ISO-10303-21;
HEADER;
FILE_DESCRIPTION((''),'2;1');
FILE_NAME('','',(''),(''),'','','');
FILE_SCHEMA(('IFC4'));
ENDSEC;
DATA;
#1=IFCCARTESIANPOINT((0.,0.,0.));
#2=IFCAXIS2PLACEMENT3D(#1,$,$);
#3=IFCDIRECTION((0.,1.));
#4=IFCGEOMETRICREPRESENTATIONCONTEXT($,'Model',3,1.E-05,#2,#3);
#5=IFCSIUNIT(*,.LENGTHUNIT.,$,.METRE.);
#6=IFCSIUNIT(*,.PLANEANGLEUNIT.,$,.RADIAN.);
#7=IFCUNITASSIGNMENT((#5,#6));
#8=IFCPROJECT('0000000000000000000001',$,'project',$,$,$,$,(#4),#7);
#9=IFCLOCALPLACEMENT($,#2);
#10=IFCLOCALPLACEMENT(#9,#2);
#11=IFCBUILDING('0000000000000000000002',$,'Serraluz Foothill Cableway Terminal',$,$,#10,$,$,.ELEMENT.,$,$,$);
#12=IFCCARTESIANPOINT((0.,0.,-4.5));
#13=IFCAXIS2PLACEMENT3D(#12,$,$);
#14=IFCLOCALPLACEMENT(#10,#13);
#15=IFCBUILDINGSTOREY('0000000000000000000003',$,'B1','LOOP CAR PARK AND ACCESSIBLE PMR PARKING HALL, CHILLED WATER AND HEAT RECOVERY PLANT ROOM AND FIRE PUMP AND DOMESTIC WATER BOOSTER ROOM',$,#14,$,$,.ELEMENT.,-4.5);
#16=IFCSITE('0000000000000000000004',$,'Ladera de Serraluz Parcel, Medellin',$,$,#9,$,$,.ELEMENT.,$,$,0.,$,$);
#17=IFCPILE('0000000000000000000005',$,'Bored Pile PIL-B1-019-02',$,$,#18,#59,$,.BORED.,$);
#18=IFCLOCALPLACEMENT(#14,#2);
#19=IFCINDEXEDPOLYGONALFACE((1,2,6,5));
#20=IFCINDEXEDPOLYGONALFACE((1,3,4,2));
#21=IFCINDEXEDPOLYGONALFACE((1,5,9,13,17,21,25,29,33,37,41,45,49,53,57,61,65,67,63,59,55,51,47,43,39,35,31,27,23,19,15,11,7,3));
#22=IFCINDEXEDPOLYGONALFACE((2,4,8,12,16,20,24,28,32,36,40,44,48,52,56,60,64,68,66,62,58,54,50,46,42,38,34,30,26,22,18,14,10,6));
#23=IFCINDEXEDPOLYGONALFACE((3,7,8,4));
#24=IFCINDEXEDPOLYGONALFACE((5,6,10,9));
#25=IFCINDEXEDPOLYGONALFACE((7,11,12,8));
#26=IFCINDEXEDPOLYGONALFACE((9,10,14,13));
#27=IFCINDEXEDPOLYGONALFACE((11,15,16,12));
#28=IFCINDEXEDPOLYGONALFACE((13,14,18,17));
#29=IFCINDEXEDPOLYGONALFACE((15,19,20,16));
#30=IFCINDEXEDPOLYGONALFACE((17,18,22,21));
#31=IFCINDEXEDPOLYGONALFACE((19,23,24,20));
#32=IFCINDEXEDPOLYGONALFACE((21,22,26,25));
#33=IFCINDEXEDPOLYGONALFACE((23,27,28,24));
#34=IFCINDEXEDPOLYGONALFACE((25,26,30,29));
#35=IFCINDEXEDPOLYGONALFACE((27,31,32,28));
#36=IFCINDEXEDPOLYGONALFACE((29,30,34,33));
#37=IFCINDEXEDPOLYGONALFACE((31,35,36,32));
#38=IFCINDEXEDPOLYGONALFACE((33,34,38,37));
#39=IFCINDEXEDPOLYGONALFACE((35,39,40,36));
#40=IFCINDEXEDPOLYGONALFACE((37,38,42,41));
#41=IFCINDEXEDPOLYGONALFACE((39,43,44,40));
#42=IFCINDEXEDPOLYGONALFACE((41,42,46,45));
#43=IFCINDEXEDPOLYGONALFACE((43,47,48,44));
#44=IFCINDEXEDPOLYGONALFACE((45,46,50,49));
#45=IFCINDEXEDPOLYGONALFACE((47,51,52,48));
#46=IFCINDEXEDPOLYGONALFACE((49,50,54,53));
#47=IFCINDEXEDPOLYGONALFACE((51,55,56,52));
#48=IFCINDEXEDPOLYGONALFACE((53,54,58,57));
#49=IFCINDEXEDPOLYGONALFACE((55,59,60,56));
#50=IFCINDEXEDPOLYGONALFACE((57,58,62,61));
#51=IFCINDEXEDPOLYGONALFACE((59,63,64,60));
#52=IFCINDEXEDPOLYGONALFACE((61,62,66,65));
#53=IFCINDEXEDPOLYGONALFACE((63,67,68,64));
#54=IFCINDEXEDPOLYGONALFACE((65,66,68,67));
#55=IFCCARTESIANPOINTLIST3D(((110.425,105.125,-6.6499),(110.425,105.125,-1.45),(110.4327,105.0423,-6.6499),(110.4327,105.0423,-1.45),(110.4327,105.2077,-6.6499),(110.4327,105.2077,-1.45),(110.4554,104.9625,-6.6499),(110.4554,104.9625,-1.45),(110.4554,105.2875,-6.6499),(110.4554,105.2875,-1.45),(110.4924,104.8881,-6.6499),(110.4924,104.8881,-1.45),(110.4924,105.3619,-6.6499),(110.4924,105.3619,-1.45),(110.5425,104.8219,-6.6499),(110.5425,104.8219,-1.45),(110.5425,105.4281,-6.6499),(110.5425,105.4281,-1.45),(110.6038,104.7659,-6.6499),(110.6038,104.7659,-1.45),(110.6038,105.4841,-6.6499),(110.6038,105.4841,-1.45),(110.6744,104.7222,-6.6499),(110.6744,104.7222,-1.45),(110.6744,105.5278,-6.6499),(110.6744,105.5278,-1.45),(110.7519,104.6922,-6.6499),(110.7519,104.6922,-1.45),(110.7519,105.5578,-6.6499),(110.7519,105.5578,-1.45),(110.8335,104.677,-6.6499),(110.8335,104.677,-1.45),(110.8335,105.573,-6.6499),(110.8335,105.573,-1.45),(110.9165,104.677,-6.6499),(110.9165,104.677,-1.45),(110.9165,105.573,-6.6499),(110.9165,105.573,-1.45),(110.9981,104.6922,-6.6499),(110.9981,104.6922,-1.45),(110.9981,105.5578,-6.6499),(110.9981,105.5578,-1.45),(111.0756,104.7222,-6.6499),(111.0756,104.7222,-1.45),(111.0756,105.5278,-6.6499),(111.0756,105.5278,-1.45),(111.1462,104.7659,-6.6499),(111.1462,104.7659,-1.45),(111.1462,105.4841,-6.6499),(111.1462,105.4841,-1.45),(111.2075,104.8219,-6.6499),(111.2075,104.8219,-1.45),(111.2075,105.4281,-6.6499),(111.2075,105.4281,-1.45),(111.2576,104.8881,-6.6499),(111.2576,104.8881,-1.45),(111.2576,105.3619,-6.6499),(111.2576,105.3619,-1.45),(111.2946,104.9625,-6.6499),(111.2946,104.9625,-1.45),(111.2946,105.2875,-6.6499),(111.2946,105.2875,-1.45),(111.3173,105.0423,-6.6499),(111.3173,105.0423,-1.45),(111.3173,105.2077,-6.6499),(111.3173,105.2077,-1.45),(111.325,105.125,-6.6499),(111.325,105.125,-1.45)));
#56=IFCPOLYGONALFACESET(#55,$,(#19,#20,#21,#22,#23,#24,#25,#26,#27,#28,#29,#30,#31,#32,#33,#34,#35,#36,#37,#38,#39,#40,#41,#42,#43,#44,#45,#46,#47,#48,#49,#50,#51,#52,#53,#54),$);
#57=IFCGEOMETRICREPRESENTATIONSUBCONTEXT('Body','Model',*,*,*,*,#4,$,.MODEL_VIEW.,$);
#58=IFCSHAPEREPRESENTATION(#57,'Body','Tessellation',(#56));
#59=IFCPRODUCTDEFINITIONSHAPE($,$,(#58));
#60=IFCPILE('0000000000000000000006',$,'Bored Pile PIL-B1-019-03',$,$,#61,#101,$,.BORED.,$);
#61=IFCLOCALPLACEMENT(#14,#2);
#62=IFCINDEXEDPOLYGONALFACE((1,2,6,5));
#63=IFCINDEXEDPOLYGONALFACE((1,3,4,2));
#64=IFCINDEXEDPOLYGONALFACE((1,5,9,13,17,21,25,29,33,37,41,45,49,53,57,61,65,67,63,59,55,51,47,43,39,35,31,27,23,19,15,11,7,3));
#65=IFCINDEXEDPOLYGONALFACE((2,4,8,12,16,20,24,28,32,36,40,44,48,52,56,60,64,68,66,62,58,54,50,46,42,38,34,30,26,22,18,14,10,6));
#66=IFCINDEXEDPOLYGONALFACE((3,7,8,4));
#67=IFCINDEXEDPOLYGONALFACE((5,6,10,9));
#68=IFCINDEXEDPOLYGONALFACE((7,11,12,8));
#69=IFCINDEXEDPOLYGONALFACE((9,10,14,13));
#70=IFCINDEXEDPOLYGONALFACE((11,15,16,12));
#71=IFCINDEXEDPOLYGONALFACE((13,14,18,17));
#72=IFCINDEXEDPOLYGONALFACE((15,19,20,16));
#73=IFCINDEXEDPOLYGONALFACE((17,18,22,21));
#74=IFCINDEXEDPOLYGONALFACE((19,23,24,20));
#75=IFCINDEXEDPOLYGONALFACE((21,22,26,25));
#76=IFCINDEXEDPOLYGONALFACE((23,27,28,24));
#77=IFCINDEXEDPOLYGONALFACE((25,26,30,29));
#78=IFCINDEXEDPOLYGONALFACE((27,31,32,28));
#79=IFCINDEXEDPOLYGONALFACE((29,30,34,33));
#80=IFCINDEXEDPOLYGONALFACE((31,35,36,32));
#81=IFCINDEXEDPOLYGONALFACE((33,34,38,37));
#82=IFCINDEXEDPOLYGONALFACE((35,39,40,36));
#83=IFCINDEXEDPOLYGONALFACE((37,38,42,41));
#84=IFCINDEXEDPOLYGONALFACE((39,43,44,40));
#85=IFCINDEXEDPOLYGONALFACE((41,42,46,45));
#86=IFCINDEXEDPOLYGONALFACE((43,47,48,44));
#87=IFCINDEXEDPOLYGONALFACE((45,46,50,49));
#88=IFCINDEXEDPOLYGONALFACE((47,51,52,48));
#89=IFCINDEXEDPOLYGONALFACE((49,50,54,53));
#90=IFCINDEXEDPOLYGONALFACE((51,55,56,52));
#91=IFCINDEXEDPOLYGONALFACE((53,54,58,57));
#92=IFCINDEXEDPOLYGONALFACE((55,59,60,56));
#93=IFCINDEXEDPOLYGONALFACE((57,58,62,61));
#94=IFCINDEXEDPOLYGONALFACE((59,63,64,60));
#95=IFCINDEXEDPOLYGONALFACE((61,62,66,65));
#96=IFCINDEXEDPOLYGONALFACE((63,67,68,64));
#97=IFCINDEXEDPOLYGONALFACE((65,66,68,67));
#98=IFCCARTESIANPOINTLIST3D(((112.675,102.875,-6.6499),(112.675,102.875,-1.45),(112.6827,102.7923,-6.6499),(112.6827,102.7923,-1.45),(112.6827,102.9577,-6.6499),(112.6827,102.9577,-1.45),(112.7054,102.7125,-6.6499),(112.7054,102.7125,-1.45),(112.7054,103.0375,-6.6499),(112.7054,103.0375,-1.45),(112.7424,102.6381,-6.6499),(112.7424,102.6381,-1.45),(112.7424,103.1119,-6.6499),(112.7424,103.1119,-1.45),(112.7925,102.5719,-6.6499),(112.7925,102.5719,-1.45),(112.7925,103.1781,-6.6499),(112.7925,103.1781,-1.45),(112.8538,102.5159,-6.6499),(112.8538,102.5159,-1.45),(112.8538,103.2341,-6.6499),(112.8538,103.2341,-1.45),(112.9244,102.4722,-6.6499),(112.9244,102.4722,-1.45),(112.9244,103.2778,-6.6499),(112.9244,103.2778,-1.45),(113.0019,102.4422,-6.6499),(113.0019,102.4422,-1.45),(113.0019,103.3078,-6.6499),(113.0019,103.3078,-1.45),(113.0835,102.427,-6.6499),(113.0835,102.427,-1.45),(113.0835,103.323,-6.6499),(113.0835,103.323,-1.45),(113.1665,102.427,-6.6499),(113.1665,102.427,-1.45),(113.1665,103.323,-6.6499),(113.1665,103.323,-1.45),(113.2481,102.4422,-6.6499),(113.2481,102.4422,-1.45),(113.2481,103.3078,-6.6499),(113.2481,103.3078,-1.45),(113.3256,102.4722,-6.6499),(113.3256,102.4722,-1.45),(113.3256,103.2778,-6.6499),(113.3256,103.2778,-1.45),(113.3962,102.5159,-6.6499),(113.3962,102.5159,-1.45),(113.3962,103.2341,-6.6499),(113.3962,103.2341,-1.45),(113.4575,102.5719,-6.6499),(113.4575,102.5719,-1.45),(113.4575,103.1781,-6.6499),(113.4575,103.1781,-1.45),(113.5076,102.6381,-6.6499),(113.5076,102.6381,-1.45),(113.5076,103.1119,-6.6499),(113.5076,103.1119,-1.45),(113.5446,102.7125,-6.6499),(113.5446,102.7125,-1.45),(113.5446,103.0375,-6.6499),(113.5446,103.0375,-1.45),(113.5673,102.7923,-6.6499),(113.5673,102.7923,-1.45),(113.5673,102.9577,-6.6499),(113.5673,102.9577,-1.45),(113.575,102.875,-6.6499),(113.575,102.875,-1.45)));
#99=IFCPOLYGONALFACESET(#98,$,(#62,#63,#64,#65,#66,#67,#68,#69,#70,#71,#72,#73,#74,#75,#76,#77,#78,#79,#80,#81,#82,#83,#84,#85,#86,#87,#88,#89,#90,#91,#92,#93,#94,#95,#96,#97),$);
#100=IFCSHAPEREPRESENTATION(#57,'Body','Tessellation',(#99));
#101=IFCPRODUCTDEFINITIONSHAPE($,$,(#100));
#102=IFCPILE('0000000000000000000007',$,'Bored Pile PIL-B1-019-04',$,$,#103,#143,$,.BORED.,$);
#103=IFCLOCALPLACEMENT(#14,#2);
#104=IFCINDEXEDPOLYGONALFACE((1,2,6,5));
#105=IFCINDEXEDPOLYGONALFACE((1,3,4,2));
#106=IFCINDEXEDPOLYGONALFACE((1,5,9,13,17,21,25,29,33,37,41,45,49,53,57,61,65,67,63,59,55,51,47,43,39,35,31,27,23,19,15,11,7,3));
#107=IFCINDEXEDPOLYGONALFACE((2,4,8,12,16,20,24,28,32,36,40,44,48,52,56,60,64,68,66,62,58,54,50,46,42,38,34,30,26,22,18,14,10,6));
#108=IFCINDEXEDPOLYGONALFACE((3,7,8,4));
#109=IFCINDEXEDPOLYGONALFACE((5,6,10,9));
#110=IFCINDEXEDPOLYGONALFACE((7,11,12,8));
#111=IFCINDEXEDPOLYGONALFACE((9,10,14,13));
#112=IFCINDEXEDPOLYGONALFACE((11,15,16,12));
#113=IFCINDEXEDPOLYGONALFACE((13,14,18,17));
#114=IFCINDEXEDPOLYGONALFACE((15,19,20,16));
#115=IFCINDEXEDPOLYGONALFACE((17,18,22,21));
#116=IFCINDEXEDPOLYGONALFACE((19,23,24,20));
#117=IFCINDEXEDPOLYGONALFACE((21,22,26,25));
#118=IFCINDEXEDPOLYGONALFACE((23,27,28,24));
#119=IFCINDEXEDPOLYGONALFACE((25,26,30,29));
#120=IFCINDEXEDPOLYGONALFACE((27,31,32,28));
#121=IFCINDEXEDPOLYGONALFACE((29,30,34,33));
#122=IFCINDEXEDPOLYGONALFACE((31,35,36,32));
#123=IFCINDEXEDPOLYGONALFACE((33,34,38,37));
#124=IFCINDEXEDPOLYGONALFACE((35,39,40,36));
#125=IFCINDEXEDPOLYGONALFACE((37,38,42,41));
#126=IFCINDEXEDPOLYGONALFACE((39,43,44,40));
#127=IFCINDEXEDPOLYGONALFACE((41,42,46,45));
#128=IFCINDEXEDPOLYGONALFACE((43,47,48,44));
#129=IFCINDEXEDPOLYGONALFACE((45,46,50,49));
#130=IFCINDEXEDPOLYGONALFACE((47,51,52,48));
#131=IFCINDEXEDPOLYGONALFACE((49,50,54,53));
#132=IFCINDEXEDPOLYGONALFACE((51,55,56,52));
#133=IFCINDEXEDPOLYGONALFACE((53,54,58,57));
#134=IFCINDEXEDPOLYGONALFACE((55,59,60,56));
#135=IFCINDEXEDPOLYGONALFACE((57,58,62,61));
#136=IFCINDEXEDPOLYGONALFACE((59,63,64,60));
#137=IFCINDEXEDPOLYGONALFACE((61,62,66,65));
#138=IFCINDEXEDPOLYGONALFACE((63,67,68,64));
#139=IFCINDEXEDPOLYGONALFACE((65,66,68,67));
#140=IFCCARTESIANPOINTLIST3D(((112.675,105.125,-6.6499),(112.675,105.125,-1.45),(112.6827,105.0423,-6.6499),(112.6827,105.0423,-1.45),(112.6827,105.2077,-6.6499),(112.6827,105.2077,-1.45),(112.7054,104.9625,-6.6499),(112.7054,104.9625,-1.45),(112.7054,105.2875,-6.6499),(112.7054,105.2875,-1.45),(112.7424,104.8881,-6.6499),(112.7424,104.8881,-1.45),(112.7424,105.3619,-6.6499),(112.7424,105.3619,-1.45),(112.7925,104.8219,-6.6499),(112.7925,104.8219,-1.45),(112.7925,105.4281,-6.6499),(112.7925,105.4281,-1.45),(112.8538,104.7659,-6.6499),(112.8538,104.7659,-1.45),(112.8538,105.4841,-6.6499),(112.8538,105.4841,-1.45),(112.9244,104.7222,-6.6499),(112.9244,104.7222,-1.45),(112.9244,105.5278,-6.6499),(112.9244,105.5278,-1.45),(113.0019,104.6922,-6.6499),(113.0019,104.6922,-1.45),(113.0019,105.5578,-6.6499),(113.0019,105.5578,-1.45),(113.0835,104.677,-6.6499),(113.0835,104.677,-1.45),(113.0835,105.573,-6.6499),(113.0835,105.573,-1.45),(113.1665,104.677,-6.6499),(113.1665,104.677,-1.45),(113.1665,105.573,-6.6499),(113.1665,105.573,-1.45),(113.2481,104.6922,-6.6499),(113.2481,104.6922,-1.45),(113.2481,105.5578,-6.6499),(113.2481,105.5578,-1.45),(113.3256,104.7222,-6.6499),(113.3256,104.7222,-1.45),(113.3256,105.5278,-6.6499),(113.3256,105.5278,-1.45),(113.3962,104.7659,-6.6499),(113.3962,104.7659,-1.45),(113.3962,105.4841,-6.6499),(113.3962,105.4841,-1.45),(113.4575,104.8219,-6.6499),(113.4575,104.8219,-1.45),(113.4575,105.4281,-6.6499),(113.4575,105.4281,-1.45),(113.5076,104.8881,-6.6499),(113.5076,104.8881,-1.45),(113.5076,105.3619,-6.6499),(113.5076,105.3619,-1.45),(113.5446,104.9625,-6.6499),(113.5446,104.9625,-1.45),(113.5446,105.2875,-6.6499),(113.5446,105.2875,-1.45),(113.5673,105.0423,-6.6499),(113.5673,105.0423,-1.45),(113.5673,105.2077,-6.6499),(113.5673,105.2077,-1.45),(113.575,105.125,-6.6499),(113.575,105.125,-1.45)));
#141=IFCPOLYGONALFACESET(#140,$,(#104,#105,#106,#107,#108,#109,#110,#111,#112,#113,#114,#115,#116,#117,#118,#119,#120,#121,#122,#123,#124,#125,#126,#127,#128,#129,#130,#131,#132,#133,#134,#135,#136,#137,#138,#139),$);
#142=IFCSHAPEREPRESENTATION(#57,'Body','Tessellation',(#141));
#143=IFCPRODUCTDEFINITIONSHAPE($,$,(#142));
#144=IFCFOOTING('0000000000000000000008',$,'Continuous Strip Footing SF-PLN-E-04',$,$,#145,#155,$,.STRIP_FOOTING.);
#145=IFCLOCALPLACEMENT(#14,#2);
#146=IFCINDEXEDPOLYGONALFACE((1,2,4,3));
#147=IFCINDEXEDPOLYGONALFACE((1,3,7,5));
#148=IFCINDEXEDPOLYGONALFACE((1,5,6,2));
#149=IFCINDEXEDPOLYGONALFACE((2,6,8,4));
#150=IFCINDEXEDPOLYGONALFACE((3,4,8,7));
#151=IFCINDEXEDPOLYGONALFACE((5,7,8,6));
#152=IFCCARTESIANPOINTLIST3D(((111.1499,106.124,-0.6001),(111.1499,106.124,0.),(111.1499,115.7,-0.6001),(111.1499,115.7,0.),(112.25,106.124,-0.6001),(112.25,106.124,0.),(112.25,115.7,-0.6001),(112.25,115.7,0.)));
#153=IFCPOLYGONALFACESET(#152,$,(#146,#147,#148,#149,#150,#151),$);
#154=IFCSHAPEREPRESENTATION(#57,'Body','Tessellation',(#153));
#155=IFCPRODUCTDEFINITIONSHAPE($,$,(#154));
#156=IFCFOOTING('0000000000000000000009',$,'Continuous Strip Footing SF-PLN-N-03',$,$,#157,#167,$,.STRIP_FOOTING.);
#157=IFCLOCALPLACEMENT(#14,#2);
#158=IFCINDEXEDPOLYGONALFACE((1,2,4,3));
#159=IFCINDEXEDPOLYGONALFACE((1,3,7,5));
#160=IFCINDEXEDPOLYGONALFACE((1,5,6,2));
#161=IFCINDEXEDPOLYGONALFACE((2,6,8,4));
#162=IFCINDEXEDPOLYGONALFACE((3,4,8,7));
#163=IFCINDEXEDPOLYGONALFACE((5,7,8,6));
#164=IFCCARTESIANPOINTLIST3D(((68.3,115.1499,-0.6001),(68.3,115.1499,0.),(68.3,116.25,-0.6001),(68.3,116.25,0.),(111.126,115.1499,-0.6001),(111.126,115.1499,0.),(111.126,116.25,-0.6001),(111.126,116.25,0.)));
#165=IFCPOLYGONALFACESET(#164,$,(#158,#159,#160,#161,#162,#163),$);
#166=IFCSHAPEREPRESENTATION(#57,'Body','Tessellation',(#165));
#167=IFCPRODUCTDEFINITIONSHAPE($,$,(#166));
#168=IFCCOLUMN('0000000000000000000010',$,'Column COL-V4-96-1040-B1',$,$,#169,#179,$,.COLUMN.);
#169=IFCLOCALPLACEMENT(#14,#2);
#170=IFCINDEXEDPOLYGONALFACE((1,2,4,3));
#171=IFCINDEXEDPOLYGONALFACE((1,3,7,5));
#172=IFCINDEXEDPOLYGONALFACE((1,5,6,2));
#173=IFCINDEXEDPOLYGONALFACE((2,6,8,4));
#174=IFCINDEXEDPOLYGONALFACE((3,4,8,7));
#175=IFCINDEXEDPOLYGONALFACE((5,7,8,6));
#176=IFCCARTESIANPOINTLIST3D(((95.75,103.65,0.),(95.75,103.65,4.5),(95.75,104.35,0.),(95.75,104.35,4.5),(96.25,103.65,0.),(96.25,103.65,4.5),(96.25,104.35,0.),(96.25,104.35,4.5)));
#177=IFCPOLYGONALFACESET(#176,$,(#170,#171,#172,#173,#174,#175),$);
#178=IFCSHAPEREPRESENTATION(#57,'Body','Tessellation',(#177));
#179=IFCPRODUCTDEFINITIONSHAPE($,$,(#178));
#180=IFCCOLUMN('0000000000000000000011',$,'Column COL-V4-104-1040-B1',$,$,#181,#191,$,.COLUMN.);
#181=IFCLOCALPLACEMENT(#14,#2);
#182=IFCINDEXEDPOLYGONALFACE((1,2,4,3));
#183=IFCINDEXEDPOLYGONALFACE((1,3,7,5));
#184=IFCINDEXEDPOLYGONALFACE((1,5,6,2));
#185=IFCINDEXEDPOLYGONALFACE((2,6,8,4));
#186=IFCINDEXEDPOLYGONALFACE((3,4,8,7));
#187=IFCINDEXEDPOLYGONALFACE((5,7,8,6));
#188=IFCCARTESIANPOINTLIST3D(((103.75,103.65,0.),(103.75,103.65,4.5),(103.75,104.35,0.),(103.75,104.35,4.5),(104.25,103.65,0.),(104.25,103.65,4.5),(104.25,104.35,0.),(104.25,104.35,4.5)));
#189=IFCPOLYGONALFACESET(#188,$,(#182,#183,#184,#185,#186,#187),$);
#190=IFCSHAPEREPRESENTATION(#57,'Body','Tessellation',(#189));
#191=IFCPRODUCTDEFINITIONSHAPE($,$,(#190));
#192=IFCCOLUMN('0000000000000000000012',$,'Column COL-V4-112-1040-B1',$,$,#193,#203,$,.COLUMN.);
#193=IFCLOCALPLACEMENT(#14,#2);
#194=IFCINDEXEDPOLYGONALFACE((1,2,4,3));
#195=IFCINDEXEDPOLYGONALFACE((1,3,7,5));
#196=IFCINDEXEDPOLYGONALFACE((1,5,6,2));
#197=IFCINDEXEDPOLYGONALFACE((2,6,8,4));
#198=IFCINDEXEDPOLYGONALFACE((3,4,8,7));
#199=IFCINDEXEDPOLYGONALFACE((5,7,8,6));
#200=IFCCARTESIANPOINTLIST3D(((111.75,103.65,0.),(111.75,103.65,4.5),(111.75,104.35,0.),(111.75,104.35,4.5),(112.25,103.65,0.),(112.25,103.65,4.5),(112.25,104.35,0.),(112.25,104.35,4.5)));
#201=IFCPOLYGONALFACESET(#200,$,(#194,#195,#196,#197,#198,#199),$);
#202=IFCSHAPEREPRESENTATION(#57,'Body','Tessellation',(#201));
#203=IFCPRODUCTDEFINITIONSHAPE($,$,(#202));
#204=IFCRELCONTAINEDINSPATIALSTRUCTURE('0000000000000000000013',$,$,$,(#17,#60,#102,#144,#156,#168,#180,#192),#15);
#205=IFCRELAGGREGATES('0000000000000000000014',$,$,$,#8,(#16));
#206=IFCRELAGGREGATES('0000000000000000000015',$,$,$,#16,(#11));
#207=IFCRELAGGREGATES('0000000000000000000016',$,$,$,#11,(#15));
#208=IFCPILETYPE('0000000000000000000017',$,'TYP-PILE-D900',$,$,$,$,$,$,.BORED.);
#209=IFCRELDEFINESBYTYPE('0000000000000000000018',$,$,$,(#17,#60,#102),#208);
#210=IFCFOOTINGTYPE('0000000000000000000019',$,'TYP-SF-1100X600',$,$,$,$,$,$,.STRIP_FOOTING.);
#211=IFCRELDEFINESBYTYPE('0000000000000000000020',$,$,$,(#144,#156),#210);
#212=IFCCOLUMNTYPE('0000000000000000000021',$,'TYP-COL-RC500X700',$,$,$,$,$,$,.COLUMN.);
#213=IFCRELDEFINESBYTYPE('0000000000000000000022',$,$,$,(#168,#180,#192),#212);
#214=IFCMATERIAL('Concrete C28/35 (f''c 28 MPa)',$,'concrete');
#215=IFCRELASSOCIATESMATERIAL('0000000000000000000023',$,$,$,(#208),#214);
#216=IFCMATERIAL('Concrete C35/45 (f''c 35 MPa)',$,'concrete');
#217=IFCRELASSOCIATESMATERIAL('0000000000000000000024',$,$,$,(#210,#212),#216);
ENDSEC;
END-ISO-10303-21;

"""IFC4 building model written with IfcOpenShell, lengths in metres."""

from ifc_helpers import new_model, si_unit, direction, frame, origin, origin_2d, place, context, subcontext, project, spatial, rectangle, circle, extrude, material, material_profile, profile_set, type_object, element, save


model = new_model("IFC4")

# Units and contexts
model_context = context("Model", 3, precision=1e-05, world=origin(), true_north=direction((0.0, 1.0)))
body_context = subcontext(model_context, "Body", "Model", "MODEL_VIEW")
ifc_project = project(units=[si_unit("LENGTHUNIT", "METRE"), si_unit("PLANEANGLEUNIT", "RADIAN")], contexts=[model_context])

# Site, building, storey
site_placement = place(None, origin())
site = spatial("IfcSite", under=ifc_project, at=site_placement, Name="Ladera de Serraluz Parcel, Medellin", CompositionType="ELEMENT", RefElevation=0.0)
building_placement = place(site_placement, origin())
building = spatial("IfcBuilding", under=site, at=building_placement, Name="Serraluz Foothill Cableway Terminal", CompositionType="ELEMENT")
storey_placement = place(building_placement, frame((0.0, 0.0, -4.5)))
storey = spatial("IfcBuildingStorey", under=building, at=storey_placement, Name="B1", Description="LOOP CAR PARK AND ACCESSIBLE PMR PARKING HALL, CHILLED WATER AND HEAT RECOVERY PLANT ROOM AND FIRE PUMP AND DOMESTIC WATER BOOSTER ROOM", CompositionType="ELEMENT", Elevation=-4.5)

# Shared definitions
ifc_material_1 = material(Name="Concrete C35/45 (f'c 35 MPa)", Category="concrete")

# Piles
ifc_material_2 = material(Name="Concrete C28/35 (f'c 28 MPa)", Category="concrete")
ifc_material_profile_1 = material_profile(ifc_material_2, circle(Radius=0.45, at=origin_2d()), Name="BORED PILE D900")
ifc_profile_set_1 = profile_set([ifc_material_profile_1], Name="Concrete C28/35 (f'c 28 MPa)")
pile_type = type_object("IfcPileType", Name="TYP-PILE-D900", PredefinedType="BORED", material=ifc_profile_set_1)
for number, where, z_axis, x_axis, name in (
    (1, (110.875, 105.125, -1.45), (0.0, 0.0, -1.0), (1.0, 0.0, 0.0), "Bored Pile PIL-B1-019-02"),
    (2, (113.125, 102.875, -1.45), (0.0, 0.0, -1.0), (1.0, 0.0, 0.0), "Bored Pile PIL-B1-019-03"),
    (3, (113.125, 105.125, -1.45), (0.0, 0.0, -1.0), (1.0, 0.0, 0.0), "Bored Pile PIL-B1-019-04"),
):
    element("IfcPile", number, at=place(storey_placement, frame(where, z_axis=z_axis, x_axis=x_axis)), inside=storey, type_object=pile_type, Name=name, PredefinedType="BORED", context=body_context, shape_type="SweptSolid", body=[
        extrude(circle(Radius=0.45, at=origin_2d()), origin(), (0.0, 0.0, 1.0), 5.2),
    ])

# Footings
ifc_material_profile_2 = material_profile(ifc_material_1, rectangle(XDim=1.1001, YDim=0.6001, at=origin_2d()), Name="SF 1100x600")
ifc_profile_set_2 = profile_set([ifc_material_profile_2], Name="Concrete C35/45 (f'c 35 MPa)")
footing_type_1 = type_object("IfcFootingType", Name="TYP-SF-1100X600", PredefinedType="STRIP_FOOTING", material=ifc_profile_set_2)
footing_1_placement = place(storey_placement, frame((111.7, 106.124, -0.3), z_axis=(0.0, 1.0, 0.0), x_axis=(-1.0, 0.0, 0.0)))
element("IfcFooting", 4, at=footing_1_placement, inside=storey, type_object=footing_type_1, Name="Continuous Strip Footing SF-PLN-E-04", PredefinedType="STRIP_FOOTING", context=body_context, shape_type="SweptSolid", body=[
    extrude(rectangle(XDim=1.1001, YDim=0.6001, at=origin_2d()), origin(), (0.0, 0.0, 1.0), 9.5759),
])
footing_2_placement = place(storey_placement, frame((111.126, 115.7, -0.3), z_axis=(-1.0, 0.0, 0.0), x_axis=(0.0, -1.0, 0.0)))
element("IfcFooting", 5, at=footing_2_placement, inside=storey, type_object=footing_type_1, Name="Continuous Strip Footing SF-PLN-N-03", PredefinedType="STRIP_FOOTING", context=body_context, shape_type="SweptSolid", body=[
    extrude(rectangle(XDim=1.1001, YDim=0.6001, at=origin_2d()), origin(), (0.0, 0.0, 1.0), 42.8259),
])

# Columns
ifc_material_profile_3 = material_profile(ifc_material_1, rectangle(XDim=0.5, YDim=0.7, at=origin_2d()), Name="RC 500x700")
ifc_profile_set_3 = profile_set([ifc_material_profile_3], Name="Concrete C35/45 (f'c 35 MPa)")
column_type = type_object("IfcColumnType", Name="TYP-COL-RC500X700", PredefinedType="COLUMN", material=ifc_profile_set_3)
for number, where, z_axis, x_axis, name in (
    (6, (96.0, 104.0, 0.0), (0.0, 0.0, 1.0), (1.0, 0.0, 0.0), "Column COL-V4-96-1040-B1"),
    (7, (104.0, 104.0, 0.0), (0.0, 0.0, 1.0), (1.0, 0.0, 0.0), "Column COL-V4-104-1040-B1"),
    (8, (112.0, 104.0, 0.0), (0.0, 0.0, 1.0), (1.0, 0.0, 0.0), "Column COL-V4-112-1040-B1"),
):
    element("IfcColumn", number, at=place(storey_placement, frame(where, z_axis=z_axis, x_axis=x_axis)), inside=storey, type_object=column_type, Name=name, PredefinedType="COLUMN", context=body_context, shape_type="SweptSolid", body=[
        extrude(rectangle(XDim=0.5, YDim=0.7, at=origin_2d()), origin(), (0.0, 0.0, 1.0), 4.5),
    ])

save(model, "model.ifc")
